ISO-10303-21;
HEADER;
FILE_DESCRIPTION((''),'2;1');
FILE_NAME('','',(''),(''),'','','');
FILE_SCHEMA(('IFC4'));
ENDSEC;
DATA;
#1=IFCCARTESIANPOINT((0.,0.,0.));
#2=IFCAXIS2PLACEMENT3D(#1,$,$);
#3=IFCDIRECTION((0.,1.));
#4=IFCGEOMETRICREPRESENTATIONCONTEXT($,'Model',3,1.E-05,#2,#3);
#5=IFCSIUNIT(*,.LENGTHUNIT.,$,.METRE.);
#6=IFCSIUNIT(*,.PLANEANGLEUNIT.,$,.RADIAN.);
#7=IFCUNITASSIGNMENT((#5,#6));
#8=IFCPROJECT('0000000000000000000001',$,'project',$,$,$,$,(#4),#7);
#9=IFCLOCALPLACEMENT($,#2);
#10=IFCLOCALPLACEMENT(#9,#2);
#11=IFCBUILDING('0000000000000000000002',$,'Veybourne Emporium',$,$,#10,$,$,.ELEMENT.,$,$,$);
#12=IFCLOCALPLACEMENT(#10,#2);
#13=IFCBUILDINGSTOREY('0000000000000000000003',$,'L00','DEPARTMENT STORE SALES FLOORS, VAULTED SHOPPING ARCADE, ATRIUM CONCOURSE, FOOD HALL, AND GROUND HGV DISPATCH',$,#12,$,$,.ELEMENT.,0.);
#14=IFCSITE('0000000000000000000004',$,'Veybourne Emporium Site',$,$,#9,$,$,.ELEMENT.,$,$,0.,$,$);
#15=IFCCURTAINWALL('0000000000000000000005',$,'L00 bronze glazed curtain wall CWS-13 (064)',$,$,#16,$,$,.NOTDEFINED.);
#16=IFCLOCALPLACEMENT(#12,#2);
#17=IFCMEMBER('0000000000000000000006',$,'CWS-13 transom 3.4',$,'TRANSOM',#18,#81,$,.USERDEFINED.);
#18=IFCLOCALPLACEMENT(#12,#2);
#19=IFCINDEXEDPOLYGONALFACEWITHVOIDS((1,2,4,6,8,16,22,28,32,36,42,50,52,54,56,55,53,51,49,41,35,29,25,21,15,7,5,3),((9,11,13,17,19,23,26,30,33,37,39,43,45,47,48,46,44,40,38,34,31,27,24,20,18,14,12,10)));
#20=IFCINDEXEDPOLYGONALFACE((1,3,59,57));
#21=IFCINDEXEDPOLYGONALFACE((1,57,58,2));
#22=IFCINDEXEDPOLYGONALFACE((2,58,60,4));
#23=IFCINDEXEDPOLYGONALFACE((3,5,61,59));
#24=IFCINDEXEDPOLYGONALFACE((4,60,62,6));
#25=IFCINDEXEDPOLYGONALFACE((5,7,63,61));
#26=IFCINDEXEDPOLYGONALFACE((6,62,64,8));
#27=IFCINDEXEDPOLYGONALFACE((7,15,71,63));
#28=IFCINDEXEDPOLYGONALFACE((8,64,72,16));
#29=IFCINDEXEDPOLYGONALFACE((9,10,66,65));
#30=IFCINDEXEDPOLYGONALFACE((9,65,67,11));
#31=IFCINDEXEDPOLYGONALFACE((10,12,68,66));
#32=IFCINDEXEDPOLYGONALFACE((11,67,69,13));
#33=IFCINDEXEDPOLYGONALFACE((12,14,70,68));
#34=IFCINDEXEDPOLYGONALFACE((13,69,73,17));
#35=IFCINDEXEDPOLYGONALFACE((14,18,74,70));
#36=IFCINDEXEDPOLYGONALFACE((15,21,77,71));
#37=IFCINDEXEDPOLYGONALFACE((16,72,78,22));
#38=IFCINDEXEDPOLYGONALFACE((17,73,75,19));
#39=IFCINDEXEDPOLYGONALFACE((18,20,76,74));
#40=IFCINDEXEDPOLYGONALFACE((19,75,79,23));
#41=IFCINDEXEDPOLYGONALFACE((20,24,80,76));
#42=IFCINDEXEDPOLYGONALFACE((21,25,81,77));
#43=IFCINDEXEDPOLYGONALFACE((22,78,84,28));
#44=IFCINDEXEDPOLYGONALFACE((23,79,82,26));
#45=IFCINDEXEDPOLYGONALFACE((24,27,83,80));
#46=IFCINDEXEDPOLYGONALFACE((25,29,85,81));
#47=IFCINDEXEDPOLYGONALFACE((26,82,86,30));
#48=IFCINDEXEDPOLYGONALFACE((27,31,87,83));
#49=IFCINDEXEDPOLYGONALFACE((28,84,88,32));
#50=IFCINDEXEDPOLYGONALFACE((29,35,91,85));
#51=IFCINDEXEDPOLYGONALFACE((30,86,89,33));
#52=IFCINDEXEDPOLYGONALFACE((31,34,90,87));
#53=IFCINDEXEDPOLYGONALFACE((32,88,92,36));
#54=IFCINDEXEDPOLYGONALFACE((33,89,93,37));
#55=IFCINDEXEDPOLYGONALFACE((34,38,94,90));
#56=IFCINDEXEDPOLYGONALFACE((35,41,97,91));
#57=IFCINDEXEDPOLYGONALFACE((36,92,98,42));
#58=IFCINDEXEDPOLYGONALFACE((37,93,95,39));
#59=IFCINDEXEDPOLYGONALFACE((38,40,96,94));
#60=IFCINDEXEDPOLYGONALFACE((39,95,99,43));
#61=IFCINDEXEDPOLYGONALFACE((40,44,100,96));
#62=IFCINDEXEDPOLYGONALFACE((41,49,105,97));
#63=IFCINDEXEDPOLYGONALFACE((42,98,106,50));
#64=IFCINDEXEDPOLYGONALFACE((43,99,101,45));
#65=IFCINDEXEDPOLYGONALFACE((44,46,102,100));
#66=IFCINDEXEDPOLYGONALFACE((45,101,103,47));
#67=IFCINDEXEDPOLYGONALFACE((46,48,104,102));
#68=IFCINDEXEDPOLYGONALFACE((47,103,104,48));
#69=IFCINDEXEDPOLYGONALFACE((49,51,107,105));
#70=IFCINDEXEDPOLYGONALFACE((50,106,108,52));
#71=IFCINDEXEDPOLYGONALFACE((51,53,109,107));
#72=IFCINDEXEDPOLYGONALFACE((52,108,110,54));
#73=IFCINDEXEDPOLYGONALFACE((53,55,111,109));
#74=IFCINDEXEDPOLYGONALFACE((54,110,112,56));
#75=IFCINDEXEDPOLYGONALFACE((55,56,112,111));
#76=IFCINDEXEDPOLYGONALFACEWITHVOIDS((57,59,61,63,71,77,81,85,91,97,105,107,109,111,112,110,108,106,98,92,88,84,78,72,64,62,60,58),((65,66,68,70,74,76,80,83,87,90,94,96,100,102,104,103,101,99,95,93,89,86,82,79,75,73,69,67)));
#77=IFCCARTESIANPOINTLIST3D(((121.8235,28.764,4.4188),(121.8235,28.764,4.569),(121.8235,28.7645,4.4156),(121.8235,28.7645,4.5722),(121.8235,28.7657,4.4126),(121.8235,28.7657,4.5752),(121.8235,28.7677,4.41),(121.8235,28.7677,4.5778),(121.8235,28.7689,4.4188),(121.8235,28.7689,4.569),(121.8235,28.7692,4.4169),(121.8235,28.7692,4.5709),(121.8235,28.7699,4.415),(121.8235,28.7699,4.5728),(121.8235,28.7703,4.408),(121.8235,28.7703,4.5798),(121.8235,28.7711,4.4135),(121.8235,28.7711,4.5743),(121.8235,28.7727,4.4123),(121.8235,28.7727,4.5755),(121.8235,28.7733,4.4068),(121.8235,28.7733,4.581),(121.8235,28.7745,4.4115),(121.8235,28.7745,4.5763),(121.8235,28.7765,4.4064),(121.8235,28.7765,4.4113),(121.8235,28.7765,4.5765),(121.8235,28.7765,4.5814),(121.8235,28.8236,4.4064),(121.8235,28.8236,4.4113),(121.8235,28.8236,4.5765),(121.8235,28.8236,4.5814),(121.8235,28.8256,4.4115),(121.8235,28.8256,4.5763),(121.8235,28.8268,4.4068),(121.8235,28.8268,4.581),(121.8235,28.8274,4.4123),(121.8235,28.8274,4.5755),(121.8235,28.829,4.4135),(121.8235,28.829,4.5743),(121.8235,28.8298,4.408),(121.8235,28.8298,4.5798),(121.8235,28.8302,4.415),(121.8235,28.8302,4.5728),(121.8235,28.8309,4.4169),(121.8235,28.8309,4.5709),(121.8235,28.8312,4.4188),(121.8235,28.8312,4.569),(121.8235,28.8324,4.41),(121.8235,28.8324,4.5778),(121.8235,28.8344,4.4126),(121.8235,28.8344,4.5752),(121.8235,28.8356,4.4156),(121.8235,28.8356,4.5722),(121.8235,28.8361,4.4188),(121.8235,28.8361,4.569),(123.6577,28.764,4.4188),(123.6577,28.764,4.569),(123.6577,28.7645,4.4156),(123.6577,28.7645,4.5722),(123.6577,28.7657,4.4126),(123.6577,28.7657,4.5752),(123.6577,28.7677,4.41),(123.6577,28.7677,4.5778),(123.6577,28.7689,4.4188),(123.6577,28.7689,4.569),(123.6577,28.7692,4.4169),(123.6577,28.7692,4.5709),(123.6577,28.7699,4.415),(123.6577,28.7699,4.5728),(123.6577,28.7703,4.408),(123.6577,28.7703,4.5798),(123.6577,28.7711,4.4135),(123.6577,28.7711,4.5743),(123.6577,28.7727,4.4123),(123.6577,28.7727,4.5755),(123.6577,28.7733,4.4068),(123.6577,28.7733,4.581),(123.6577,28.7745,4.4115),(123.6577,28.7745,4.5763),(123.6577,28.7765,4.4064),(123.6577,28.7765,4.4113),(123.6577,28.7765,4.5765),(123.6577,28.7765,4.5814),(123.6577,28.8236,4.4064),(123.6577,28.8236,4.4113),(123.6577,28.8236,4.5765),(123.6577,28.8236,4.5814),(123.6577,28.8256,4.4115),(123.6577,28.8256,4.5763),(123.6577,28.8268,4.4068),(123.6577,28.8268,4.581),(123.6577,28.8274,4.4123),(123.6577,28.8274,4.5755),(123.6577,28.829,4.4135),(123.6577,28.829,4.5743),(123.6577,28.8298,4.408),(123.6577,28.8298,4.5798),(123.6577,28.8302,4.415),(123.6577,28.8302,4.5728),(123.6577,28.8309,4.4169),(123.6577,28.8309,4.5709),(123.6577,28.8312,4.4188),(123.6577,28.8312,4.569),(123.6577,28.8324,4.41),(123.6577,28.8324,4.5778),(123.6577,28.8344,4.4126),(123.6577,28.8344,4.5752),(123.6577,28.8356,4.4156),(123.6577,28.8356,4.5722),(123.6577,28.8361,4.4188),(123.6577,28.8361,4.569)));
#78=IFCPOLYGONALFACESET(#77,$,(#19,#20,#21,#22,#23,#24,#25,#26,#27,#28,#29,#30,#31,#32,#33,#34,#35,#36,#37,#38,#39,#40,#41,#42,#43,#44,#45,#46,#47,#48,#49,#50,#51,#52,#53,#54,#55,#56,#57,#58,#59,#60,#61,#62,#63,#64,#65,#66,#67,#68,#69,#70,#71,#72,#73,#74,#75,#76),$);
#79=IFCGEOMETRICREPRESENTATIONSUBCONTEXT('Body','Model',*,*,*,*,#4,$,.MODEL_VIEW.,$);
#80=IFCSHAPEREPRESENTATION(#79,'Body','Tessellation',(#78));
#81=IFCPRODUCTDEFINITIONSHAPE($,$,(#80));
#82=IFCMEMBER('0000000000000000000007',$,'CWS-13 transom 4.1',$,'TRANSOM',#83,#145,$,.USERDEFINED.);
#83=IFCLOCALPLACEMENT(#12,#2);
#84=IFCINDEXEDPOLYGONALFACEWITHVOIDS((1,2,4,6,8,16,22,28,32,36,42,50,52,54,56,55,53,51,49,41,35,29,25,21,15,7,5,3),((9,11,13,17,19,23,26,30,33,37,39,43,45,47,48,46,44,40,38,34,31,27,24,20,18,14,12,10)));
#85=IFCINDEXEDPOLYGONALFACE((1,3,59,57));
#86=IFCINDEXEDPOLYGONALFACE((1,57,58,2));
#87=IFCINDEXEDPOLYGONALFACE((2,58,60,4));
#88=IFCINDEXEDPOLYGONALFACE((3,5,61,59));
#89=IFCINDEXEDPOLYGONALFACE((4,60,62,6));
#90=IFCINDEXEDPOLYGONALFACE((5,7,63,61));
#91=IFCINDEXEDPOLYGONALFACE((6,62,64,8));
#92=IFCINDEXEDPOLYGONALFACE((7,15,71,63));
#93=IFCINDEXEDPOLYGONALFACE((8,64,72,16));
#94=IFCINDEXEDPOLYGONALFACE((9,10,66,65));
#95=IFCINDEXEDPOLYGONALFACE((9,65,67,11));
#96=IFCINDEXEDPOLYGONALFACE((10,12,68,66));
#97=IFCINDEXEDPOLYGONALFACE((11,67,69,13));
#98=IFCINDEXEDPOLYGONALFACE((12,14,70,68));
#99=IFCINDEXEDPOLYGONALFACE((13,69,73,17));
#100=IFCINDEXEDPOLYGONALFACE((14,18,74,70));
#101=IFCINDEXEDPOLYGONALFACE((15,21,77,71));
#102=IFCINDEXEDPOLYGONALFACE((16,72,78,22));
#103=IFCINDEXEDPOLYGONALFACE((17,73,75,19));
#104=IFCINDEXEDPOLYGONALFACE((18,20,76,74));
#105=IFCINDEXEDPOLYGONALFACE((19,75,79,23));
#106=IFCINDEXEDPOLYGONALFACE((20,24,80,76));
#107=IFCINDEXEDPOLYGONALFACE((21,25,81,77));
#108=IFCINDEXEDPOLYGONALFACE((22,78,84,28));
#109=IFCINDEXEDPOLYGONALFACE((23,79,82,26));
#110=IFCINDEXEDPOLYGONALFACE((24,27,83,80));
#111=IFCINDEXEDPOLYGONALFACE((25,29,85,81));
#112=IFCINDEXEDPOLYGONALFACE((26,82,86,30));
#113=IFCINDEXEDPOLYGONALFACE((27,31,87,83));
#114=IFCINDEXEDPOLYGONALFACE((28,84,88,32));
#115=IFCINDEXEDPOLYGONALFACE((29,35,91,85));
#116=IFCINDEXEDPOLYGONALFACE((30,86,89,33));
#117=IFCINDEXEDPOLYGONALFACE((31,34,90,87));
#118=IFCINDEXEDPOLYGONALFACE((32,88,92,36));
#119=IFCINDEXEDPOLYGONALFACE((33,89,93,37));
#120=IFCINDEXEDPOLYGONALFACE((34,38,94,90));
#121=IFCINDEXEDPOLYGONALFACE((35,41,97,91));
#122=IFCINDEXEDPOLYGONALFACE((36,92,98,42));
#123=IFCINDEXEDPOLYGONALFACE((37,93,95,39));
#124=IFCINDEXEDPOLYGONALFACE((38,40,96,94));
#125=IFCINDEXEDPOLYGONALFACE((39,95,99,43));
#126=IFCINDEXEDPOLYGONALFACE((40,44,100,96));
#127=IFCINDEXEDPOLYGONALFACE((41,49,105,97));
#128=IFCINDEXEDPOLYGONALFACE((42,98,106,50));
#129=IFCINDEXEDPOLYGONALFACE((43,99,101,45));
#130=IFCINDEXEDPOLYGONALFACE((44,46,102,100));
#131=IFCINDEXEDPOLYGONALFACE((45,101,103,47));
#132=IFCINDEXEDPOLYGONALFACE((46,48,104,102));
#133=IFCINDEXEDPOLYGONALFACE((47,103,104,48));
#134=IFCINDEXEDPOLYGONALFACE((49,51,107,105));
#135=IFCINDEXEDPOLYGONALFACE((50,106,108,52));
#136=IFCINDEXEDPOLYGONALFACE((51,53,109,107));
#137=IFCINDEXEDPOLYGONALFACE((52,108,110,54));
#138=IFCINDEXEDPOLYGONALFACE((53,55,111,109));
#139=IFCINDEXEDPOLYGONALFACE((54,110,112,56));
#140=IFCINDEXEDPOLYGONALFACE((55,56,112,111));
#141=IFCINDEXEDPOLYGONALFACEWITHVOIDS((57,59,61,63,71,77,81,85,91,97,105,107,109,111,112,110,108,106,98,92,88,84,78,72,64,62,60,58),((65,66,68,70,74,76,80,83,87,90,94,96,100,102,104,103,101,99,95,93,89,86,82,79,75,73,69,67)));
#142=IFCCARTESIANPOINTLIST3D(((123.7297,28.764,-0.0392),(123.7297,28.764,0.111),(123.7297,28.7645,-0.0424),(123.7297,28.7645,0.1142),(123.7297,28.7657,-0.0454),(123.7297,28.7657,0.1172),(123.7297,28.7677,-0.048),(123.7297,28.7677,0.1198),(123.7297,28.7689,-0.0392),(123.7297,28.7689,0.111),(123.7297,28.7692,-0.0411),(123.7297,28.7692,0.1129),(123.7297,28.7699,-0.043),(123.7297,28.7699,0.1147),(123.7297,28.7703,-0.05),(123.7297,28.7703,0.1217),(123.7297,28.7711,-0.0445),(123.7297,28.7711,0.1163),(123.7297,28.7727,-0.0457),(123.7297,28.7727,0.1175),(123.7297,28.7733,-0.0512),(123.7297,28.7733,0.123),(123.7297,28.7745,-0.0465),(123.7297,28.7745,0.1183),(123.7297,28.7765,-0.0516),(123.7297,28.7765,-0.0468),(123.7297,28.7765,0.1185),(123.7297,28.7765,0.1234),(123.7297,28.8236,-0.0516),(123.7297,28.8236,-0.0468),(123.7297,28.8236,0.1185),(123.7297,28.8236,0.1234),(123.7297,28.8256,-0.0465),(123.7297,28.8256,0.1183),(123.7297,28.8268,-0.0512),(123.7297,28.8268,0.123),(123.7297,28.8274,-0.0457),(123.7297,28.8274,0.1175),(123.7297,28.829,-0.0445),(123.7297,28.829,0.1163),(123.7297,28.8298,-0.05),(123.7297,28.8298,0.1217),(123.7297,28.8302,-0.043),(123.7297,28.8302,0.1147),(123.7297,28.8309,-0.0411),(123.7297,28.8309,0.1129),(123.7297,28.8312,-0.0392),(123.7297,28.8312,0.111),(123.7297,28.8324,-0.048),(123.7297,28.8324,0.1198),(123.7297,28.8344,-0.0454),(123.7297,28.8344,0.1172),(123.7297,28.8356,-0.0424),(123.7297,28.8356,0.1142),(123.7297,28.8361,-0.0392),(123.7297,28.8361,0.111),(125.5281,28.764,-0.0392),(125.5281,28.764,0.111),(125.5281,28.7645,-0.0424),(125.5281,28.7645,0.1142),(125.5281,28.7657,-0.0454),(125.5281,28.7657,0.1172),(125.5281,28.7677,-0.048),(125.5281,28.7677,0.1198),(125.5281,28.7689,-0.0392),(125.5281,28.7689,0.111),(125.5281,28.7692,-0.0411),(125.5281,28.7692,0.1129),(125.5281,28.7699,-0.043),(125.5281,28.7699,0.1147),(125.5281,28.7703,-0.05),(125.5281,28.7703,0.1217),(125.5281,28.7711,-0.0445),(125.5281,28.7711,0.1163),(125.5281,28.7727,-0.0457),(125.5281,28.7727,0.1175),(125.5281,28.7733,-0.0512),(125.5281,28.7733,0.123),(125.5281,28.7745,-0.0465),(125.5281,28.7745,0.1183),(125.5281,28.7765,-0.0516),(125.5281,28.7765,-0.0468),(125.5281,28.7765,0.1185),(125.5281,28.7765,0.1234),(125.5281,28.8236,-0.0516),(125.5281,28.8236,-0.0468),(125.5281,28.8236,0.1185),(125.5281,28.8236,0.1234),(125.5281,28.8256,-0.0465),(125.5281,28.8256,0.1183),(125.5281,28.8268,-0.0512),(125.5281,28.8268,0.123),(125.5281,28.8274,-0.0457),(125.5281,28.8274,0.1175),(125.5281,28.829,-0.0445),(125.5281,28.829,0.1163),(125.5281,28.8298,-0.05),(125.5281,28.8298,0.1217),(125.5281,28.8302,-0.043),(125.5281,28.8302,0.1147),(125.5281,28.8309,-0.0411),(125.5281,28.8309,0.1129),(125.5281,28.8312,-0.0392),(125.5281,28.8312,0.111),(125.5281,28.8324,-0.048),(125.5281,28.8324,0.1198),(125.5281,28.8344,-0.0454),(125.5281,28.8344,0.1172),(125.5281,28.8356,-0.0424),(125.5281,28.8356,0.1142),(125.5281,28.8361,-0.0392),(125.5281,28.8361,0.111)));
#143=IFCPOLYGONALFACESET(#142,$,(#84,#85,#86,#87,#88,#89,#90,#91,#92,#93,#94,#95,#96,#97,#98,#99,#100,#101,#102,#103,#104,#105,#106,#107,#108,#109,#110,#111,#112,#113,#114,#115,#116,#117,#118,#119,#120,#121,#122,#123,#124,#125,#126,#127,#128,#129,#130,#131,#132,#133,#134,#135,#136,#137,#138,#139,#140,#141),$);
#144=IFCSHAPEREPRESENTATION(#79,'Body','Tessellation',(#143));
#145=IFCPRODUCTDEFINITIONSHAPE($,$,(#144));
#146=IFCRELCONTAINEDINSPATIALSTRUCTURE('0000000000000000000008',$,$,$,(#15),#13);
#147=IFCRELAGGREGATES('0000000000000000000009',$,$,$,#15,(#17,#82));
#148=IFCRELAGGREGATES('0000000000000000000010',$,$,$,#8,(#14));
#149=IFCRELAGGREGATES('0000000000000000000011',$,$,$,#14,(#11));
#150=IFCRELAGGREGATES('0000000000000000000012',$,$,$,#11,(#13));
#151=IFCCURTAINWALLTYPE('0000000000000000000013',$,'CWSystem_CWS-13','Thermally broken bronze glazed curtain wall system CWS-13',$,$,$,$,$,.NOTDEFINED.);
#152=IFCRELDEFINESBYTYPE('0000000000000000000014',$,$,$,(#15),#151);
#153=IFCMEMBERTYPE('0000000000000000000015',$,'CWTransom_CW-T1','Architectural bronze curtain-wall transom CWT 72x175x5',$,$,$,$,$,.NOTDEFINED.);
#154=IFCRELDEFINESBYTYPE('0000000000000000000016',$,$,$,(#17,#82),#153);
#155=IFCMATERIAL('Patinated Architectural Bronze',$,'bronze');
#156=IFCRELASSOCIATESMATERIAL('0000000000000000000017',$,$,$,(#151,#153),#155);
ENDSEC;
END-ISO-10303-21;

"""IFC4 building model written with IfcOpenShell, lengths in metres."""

from ifc_helpers import new_model, si_unit, direction, frame, origin, origin_2d, place, context, subcontext, project, spatial, hollow_rectangle, extrude, material, material_profile, profile_set, type_object, element, aggregate, save


model = new_model("IFC4")

# Units and contexts
model_context = context("Model", 3, precision=1e-05, world=origin(), true_north=direction((0.0, 1.0)))
body_context = subcontext(model_context, "Body", "Model", "MODEL_VIEW")
ifc_project = project(units=[si_unit("LENGTHUNIT", "METRE"), si_unit("PLANEANGLEUNIT", "RADIAN")], contexts=[model_context])

# Site, building, storey
site_placement = place(None, origin())
site = spatial("IfcSite", under=ifc_project, at=site_placement, Name="Veybourne Emporium Site", CompositionType="ELEMENT", RefElevation=0.0)
building_placement = place(site_placement, origin())
building = spatial("IfcBuilding", under=site, at=building_placement, Name="Veybourne Emporium", CompositionType="ELEMENT")
storey_placement = place(building_placement, origin())
storey = spatial("IfcBuildingStorey", under=building, at=storey_placement, Name="L00", Description="DEPARTMENT STORE SALES FLOORS, VAULTED SHOPPING ARCADE, ATRIUM CONCOURSE, FOOD HALL, AND GROUND HGV DISPATCH", CompositionType="ELEMENT", Elevation=0.0)

# Curtain wall
ifc_material_1 = material(Name="Patinated Architectural Bronze", Category="bronze")
curtain_wall_type_1 = type_object("IfcCurtainWallType", Name="CWSystem_CWS-13", Description="Thermally broken bronze glazed curtain wall system CWS-13", PredefinedType="NOTDEFINED", material=ifc_material_1)
curtain_wall_1_placement = place(storey_placement, origin())
curtain_wall_1 = element("IfcCurtainWall", 1, at=curtain_wall_1_placement, inside=storey, type_object=curtain_wall_type_1, Name="L00 bronze glazed curtain wall CWS-13 (064)", PredefinedType="NOTDEFINED")

# Members
ifc_material_profile_1 = material_profile(ifc_material_1, hollow_rectangle(XDim=0.072, YDim=0.175, WallThickness=0.0049, InnerFilletRadius=0.0076, OuterFilletRadius=0.0125, at=origin_2d()), Name="CWT 72x175x5")
ifc_profile_set_1 = profile_set([ifc_material_profile_1], Name="Patinated Architectural Bronze")
member_type_1 = type_object("IfcMemberType", Name="CWTransom_CW-T1", Description="Architectural bronze curtain-wall transom CWT 72x175x5", PredefinedType="NOTDEFINED", material=ifc_profile_set_1)
member_1_placement = place(storey_placement, frame((121.8235, 28.8, 4.4939), z_axis=(1.0, 0.0, 0.0), x_axis=(0.0, 1.0, 0.0)))
member_1 = element("IfcMember", 2, at=member_1_placement, type_object=member_type_1, Name="CWS-13 transom 3.4", ObjectType="TRANSOM", PredefinedType="USERDEFINED", context=body_context, shape_type="SweptSolid", body=[
    extrude(hollow_rectangle(XDim=0.072, YDim=0.175, WallThickness=0.0049, InnerFilletRadius=0.0076, OuterFilletRadius=0.0125, at=origin_2d()), origin(), (0.0, 0.0, 1.0), 1.8342),
])
member_2_placement = place(storey_placement, frame((123.7297, 28.8, 0.0359), z_axis=(1.0, 0.0, 0.0), x_axis=(0.0, 1.0, 0.0)))
member_2 = element("IfcMember", 3, at=member_2_placement, type_object=member_type_1, Name="CWS-13 transom 4.1", ObjectType="TRANSOM", PredefinedType="USERDEFINED", context=body_context, shape_type="SweptSolid", body=[
    extrude(hollow_rectangle(XDim=0.072, YDim=0.175, WallThickness=0.0049, InnerFilletRadius=0.0076, OuterFilletRadius=0.0125, at=origin_2d()), origin(), (0.0, 0.0, 1.0), 1.7983),
])

aggregate(curtain_wall_1, [member_1, member_2])

save(model, "model.ifc")
